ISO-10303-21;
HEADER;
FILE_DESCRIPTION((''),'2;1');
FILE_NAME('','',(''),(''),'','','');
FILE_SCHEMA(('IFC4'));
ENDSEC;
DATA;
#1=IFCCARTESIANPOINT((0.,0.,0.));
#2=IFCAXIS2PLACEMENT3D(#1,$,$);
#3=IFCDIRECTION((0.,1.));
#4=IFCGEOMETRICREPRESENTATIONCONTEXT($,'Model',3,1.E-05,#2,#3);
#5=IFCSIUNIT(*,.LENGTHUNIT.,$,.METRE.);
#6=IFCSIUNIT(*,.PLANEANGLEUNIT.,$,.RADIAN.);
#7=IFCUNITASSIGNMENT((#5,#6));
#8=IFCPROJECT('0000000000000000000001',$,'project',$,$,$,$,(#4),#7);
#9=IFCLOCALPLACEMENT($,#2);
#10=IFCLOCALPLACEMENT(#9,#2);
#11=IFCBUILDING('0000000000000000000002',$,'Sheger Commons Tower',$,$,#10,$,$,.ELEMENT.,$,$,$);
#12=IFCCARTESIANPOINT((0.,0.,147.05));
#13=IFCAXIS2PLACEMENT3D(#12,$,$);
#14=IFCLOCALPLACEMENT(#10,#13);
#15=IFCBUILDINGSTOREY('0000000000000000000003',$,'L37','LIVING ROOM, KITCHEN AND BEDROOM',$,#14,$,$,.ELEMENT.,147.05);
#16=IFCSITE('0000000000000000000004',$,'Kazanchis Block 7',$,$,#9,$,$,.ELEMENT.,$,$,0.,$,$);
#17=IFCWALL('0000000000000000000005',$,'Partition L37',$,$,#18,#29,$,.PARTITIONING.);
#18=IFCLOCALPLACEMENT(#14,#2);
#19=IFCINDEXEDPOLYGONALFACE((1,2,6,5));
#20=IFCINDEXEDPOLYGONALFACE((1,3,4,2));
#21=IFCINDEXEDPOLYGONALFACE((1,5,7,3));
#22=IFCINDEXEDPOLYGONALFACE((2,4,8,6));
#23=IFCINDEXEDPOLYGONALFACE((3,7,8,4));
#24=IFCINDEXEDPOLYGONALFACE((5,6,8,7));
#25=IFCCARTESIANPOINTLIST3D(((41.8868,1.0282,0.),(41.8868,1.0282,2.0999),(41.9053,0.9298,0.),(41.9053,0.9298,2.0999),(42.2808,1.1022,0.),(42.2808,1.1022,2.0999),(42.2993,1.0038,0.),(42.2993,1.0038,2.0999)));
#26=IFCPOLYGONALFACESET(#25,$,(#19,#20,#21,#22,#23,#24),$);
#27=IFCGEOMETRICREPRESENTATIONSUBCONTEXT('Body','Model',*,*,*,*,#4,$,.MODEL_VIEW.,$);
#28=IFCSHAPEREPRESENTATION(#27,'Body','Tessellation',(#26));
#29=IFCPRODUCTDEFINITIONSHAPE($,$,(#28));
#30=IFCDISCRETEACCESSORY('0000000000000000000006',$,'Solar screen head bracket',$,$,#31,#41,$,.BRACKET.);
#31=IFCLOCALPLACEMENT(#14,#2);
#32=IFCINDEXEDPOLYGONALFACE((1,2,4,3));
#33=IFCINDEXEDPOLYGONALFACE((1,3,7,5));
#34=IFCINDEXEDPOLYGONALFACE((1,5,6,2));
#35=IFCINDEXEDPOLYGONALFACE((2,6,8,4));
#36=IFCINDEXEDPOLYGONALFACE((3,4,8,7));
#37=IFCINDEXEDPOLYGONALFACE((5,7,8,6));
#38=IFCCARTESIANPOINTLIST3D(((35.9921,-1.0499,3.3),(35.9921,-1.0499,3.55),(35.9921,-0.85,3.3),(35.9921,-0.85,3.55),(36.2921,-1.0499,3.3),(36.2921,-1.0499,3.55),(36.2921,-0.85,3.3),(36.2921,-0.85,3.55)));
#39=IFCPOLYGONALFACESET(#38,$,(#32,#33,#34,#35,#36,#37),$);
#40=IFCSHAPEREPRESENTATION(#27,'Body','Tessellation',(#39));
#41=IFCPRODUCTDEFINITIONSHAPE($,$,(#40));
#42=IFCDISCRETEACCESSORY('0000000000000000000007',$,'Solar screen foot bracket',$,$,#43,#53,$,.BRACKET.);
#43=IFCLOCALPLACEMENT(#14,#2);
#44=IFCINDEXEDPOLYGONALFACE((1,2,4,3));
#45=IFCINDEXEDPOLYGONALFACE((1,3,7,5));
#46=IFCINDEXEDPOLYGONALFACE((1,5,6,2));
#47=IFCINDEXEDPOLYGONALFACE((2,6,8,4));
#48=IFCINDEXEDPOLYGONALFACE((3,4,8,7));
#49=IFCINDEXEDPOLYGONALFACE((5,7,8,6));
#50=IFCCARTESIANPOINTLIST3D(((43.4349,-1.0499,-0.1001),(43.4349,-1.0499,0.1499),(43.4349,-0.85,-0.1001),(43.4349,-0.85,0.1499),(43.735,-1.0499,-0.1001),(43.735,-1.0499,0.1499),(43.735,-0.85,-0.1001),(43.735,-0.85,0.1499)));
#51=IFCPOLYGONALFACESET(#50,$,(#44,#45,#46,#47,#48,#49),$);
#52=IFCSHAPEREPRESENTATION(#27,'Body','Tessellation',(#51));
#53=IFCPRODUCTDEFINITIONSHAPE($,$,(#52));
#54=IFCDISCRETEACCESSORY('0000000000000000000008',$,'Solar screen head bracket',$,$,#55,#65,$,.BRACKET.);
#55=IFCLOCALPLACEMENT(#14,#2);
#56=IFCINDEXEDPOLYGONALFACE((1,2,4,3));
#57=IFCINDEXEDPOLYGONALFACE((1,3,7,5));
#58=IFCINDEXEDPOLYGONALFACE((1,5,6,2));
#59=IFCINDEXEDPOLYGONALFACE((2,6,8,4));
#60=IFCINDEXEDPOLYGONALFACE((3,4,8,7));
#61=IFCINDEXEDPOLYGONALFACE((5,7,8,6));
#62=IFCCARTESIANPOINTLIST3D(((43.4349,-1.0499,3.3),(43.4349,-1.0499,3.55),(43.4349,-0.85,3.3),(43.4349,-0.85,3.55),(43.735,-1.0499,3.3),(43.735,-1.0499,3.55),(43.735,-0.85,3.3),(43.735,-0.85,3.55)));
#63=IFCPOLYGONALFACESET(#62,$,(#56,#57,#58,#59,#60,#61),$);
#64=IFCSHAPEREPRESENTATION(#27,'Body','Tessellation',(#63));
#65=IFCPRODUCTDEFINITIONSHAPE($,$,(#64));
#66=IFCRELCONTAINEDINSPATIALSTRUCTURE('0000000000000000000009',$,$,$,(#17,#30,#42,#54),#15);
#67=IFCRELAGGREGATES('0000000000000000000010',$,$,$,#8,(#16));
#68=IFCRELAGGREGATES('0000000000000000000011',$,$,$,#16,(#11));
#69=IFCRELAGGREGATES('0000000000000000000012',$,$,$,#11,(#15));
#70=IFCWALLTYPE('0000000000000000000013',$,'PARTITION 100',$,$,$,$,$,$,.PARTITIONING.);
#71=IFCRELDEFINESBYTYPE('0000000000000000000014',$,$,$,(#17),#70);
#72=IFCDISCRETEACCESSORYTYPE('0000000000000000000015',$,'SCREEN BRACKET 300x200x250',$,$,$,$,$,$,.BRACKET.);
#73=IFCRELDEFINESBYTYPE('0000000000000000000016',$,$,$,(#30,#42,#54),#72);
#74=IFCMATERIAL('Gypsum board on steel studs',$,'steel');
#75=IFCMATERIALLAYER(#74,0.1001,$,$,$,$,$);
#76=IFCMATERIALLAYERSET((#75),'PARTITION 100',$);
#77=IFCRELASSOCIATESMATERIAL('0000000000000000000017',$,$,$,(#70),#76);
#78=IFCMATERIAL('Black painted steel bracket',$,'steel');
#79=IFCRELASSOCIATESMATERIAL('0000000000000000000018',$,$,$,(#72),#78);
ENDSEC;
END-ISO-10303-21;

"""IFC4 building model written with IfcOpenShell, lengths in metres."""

from ifc_helpers import new_model, si_unit, direction, frame, frame_2d, origin, origin_2d, place, context, subcontext, project, spatial, rectangle, extrude, material, layer, layer_set, type_object, element, save


model = new_model("IFC4")

# Units and contexts
model_context = context("Model", 3, precision=1e-05, world=origin(), true_north=direction((0.0, 1.0)))
body_context = subcontext(model_context, "Body", "Model", "MODEL_VIEW")
ifc_project = project(units=[si_unit("LENGTHUNIT", "METRE"), si_unit("PLANEANGLEUNIT", "RADIAN")], contexts=[model_context])

# Site, building, storey
site_placement = place(None, origin())
site = spatial("IfcSite", under=ifc_project, at=site_placement, Name="Kazanchis Block 7", CompositionType="ELEMENT", RefElevation=0.0)
building_placement = place(site_placement, origin())
building = spatial("IfcBuilding", under=site, at=building_placement, Name="Sheger Commons Tower", CompositionType="ELEMENT")
storey_placement = place(building_placement, frame((0.0, 0.0, 147.05)))
storey = spatial("IfcBuildingStorey", under=building, at=storey_placement, Name="L37", Description="LIVING ROOM, KITCHEN AND BEDROOM", CompositionType="ELEMENT", Elevation=147.05)

# Shared definitions
ifc_material_1 = material(Name="Gypsum board on steel studs", Category="steel")
ifc_layer_1 = layer(ifc_material_1, 0.1001)
ifc_layer_set_1 = layer_set([ifc_layer_1], Name="PARTITION 100")
wall_type_1 = type_object("IfcWallType", Name="PARTITION 100", PredefinedType="PARTITIONING", material=ifc_layer_set_1)

# Wall
wall_1_placement = place(storey_placement, frame((42.29, 1.053, 0.0), z_axis=(0.0, 0.0, 1.0), x_axis=(-0.982831, -0.184509, 0.0)))
element("IfcWall", 1, at=wall_1_placement, inside=storey, type_object=wall_type_1, Name="Partition L37", PredefinedType="PARTITIONING", context=body_context, shape_type="SweptSolid", body=[
    extrude(rectangle(XDim=0.4009, YDim=0.1001, at=frame_2d((0.2004, 0.0))), origin(), (0.0, 0.0, 1.0), 2.0999),
])

# Discrete accessories
ifc_material_2 = material(Name="Black painted steel bracket", Category="steel")
discrete_accessory_type = type_object("IfcDiscreteAccessoryType", Name="SCREEN BRACKET 300x200x250", PredefinedType="BRACKET", material=ifc_material_2)
for number, where, z_axis, x_axis, name in (
    (2, (36.1421, -0.95, 3.3), (0.0, 0.0, 1.0), (1.0, 0.0, 0.0), "Solar screen head bracket"),
    (3, (43.585, -0.95, -0.1001), (0.0, 0.0, 1.0), (1.0, 0.0, 0.0), "Solar screen foot bracket"),
    (4, (43.585, -0.95, 3.3), (0.0, 0.0, 1.0), (1.0, 0.0, 0.0), "Solar screen head bracket"),
):
    element("IfcDiscreteAccessory", number, at=place(storey_placement, frame(where, z_axis=z_axis, x_axis=x_axis)), inside=storey, type_object=discrete_accessory_type, Name=name, PredefinedType="BRACKET", context=body_context, shape_type="SweptSolid", body=[
        extrude(rectangle(XDim=0.3, YDim=0.2, at=origin_2d()), origin(), (0.0, 0.0, 1.0), 0.25),
    ])

save(model, "model.ifc")
